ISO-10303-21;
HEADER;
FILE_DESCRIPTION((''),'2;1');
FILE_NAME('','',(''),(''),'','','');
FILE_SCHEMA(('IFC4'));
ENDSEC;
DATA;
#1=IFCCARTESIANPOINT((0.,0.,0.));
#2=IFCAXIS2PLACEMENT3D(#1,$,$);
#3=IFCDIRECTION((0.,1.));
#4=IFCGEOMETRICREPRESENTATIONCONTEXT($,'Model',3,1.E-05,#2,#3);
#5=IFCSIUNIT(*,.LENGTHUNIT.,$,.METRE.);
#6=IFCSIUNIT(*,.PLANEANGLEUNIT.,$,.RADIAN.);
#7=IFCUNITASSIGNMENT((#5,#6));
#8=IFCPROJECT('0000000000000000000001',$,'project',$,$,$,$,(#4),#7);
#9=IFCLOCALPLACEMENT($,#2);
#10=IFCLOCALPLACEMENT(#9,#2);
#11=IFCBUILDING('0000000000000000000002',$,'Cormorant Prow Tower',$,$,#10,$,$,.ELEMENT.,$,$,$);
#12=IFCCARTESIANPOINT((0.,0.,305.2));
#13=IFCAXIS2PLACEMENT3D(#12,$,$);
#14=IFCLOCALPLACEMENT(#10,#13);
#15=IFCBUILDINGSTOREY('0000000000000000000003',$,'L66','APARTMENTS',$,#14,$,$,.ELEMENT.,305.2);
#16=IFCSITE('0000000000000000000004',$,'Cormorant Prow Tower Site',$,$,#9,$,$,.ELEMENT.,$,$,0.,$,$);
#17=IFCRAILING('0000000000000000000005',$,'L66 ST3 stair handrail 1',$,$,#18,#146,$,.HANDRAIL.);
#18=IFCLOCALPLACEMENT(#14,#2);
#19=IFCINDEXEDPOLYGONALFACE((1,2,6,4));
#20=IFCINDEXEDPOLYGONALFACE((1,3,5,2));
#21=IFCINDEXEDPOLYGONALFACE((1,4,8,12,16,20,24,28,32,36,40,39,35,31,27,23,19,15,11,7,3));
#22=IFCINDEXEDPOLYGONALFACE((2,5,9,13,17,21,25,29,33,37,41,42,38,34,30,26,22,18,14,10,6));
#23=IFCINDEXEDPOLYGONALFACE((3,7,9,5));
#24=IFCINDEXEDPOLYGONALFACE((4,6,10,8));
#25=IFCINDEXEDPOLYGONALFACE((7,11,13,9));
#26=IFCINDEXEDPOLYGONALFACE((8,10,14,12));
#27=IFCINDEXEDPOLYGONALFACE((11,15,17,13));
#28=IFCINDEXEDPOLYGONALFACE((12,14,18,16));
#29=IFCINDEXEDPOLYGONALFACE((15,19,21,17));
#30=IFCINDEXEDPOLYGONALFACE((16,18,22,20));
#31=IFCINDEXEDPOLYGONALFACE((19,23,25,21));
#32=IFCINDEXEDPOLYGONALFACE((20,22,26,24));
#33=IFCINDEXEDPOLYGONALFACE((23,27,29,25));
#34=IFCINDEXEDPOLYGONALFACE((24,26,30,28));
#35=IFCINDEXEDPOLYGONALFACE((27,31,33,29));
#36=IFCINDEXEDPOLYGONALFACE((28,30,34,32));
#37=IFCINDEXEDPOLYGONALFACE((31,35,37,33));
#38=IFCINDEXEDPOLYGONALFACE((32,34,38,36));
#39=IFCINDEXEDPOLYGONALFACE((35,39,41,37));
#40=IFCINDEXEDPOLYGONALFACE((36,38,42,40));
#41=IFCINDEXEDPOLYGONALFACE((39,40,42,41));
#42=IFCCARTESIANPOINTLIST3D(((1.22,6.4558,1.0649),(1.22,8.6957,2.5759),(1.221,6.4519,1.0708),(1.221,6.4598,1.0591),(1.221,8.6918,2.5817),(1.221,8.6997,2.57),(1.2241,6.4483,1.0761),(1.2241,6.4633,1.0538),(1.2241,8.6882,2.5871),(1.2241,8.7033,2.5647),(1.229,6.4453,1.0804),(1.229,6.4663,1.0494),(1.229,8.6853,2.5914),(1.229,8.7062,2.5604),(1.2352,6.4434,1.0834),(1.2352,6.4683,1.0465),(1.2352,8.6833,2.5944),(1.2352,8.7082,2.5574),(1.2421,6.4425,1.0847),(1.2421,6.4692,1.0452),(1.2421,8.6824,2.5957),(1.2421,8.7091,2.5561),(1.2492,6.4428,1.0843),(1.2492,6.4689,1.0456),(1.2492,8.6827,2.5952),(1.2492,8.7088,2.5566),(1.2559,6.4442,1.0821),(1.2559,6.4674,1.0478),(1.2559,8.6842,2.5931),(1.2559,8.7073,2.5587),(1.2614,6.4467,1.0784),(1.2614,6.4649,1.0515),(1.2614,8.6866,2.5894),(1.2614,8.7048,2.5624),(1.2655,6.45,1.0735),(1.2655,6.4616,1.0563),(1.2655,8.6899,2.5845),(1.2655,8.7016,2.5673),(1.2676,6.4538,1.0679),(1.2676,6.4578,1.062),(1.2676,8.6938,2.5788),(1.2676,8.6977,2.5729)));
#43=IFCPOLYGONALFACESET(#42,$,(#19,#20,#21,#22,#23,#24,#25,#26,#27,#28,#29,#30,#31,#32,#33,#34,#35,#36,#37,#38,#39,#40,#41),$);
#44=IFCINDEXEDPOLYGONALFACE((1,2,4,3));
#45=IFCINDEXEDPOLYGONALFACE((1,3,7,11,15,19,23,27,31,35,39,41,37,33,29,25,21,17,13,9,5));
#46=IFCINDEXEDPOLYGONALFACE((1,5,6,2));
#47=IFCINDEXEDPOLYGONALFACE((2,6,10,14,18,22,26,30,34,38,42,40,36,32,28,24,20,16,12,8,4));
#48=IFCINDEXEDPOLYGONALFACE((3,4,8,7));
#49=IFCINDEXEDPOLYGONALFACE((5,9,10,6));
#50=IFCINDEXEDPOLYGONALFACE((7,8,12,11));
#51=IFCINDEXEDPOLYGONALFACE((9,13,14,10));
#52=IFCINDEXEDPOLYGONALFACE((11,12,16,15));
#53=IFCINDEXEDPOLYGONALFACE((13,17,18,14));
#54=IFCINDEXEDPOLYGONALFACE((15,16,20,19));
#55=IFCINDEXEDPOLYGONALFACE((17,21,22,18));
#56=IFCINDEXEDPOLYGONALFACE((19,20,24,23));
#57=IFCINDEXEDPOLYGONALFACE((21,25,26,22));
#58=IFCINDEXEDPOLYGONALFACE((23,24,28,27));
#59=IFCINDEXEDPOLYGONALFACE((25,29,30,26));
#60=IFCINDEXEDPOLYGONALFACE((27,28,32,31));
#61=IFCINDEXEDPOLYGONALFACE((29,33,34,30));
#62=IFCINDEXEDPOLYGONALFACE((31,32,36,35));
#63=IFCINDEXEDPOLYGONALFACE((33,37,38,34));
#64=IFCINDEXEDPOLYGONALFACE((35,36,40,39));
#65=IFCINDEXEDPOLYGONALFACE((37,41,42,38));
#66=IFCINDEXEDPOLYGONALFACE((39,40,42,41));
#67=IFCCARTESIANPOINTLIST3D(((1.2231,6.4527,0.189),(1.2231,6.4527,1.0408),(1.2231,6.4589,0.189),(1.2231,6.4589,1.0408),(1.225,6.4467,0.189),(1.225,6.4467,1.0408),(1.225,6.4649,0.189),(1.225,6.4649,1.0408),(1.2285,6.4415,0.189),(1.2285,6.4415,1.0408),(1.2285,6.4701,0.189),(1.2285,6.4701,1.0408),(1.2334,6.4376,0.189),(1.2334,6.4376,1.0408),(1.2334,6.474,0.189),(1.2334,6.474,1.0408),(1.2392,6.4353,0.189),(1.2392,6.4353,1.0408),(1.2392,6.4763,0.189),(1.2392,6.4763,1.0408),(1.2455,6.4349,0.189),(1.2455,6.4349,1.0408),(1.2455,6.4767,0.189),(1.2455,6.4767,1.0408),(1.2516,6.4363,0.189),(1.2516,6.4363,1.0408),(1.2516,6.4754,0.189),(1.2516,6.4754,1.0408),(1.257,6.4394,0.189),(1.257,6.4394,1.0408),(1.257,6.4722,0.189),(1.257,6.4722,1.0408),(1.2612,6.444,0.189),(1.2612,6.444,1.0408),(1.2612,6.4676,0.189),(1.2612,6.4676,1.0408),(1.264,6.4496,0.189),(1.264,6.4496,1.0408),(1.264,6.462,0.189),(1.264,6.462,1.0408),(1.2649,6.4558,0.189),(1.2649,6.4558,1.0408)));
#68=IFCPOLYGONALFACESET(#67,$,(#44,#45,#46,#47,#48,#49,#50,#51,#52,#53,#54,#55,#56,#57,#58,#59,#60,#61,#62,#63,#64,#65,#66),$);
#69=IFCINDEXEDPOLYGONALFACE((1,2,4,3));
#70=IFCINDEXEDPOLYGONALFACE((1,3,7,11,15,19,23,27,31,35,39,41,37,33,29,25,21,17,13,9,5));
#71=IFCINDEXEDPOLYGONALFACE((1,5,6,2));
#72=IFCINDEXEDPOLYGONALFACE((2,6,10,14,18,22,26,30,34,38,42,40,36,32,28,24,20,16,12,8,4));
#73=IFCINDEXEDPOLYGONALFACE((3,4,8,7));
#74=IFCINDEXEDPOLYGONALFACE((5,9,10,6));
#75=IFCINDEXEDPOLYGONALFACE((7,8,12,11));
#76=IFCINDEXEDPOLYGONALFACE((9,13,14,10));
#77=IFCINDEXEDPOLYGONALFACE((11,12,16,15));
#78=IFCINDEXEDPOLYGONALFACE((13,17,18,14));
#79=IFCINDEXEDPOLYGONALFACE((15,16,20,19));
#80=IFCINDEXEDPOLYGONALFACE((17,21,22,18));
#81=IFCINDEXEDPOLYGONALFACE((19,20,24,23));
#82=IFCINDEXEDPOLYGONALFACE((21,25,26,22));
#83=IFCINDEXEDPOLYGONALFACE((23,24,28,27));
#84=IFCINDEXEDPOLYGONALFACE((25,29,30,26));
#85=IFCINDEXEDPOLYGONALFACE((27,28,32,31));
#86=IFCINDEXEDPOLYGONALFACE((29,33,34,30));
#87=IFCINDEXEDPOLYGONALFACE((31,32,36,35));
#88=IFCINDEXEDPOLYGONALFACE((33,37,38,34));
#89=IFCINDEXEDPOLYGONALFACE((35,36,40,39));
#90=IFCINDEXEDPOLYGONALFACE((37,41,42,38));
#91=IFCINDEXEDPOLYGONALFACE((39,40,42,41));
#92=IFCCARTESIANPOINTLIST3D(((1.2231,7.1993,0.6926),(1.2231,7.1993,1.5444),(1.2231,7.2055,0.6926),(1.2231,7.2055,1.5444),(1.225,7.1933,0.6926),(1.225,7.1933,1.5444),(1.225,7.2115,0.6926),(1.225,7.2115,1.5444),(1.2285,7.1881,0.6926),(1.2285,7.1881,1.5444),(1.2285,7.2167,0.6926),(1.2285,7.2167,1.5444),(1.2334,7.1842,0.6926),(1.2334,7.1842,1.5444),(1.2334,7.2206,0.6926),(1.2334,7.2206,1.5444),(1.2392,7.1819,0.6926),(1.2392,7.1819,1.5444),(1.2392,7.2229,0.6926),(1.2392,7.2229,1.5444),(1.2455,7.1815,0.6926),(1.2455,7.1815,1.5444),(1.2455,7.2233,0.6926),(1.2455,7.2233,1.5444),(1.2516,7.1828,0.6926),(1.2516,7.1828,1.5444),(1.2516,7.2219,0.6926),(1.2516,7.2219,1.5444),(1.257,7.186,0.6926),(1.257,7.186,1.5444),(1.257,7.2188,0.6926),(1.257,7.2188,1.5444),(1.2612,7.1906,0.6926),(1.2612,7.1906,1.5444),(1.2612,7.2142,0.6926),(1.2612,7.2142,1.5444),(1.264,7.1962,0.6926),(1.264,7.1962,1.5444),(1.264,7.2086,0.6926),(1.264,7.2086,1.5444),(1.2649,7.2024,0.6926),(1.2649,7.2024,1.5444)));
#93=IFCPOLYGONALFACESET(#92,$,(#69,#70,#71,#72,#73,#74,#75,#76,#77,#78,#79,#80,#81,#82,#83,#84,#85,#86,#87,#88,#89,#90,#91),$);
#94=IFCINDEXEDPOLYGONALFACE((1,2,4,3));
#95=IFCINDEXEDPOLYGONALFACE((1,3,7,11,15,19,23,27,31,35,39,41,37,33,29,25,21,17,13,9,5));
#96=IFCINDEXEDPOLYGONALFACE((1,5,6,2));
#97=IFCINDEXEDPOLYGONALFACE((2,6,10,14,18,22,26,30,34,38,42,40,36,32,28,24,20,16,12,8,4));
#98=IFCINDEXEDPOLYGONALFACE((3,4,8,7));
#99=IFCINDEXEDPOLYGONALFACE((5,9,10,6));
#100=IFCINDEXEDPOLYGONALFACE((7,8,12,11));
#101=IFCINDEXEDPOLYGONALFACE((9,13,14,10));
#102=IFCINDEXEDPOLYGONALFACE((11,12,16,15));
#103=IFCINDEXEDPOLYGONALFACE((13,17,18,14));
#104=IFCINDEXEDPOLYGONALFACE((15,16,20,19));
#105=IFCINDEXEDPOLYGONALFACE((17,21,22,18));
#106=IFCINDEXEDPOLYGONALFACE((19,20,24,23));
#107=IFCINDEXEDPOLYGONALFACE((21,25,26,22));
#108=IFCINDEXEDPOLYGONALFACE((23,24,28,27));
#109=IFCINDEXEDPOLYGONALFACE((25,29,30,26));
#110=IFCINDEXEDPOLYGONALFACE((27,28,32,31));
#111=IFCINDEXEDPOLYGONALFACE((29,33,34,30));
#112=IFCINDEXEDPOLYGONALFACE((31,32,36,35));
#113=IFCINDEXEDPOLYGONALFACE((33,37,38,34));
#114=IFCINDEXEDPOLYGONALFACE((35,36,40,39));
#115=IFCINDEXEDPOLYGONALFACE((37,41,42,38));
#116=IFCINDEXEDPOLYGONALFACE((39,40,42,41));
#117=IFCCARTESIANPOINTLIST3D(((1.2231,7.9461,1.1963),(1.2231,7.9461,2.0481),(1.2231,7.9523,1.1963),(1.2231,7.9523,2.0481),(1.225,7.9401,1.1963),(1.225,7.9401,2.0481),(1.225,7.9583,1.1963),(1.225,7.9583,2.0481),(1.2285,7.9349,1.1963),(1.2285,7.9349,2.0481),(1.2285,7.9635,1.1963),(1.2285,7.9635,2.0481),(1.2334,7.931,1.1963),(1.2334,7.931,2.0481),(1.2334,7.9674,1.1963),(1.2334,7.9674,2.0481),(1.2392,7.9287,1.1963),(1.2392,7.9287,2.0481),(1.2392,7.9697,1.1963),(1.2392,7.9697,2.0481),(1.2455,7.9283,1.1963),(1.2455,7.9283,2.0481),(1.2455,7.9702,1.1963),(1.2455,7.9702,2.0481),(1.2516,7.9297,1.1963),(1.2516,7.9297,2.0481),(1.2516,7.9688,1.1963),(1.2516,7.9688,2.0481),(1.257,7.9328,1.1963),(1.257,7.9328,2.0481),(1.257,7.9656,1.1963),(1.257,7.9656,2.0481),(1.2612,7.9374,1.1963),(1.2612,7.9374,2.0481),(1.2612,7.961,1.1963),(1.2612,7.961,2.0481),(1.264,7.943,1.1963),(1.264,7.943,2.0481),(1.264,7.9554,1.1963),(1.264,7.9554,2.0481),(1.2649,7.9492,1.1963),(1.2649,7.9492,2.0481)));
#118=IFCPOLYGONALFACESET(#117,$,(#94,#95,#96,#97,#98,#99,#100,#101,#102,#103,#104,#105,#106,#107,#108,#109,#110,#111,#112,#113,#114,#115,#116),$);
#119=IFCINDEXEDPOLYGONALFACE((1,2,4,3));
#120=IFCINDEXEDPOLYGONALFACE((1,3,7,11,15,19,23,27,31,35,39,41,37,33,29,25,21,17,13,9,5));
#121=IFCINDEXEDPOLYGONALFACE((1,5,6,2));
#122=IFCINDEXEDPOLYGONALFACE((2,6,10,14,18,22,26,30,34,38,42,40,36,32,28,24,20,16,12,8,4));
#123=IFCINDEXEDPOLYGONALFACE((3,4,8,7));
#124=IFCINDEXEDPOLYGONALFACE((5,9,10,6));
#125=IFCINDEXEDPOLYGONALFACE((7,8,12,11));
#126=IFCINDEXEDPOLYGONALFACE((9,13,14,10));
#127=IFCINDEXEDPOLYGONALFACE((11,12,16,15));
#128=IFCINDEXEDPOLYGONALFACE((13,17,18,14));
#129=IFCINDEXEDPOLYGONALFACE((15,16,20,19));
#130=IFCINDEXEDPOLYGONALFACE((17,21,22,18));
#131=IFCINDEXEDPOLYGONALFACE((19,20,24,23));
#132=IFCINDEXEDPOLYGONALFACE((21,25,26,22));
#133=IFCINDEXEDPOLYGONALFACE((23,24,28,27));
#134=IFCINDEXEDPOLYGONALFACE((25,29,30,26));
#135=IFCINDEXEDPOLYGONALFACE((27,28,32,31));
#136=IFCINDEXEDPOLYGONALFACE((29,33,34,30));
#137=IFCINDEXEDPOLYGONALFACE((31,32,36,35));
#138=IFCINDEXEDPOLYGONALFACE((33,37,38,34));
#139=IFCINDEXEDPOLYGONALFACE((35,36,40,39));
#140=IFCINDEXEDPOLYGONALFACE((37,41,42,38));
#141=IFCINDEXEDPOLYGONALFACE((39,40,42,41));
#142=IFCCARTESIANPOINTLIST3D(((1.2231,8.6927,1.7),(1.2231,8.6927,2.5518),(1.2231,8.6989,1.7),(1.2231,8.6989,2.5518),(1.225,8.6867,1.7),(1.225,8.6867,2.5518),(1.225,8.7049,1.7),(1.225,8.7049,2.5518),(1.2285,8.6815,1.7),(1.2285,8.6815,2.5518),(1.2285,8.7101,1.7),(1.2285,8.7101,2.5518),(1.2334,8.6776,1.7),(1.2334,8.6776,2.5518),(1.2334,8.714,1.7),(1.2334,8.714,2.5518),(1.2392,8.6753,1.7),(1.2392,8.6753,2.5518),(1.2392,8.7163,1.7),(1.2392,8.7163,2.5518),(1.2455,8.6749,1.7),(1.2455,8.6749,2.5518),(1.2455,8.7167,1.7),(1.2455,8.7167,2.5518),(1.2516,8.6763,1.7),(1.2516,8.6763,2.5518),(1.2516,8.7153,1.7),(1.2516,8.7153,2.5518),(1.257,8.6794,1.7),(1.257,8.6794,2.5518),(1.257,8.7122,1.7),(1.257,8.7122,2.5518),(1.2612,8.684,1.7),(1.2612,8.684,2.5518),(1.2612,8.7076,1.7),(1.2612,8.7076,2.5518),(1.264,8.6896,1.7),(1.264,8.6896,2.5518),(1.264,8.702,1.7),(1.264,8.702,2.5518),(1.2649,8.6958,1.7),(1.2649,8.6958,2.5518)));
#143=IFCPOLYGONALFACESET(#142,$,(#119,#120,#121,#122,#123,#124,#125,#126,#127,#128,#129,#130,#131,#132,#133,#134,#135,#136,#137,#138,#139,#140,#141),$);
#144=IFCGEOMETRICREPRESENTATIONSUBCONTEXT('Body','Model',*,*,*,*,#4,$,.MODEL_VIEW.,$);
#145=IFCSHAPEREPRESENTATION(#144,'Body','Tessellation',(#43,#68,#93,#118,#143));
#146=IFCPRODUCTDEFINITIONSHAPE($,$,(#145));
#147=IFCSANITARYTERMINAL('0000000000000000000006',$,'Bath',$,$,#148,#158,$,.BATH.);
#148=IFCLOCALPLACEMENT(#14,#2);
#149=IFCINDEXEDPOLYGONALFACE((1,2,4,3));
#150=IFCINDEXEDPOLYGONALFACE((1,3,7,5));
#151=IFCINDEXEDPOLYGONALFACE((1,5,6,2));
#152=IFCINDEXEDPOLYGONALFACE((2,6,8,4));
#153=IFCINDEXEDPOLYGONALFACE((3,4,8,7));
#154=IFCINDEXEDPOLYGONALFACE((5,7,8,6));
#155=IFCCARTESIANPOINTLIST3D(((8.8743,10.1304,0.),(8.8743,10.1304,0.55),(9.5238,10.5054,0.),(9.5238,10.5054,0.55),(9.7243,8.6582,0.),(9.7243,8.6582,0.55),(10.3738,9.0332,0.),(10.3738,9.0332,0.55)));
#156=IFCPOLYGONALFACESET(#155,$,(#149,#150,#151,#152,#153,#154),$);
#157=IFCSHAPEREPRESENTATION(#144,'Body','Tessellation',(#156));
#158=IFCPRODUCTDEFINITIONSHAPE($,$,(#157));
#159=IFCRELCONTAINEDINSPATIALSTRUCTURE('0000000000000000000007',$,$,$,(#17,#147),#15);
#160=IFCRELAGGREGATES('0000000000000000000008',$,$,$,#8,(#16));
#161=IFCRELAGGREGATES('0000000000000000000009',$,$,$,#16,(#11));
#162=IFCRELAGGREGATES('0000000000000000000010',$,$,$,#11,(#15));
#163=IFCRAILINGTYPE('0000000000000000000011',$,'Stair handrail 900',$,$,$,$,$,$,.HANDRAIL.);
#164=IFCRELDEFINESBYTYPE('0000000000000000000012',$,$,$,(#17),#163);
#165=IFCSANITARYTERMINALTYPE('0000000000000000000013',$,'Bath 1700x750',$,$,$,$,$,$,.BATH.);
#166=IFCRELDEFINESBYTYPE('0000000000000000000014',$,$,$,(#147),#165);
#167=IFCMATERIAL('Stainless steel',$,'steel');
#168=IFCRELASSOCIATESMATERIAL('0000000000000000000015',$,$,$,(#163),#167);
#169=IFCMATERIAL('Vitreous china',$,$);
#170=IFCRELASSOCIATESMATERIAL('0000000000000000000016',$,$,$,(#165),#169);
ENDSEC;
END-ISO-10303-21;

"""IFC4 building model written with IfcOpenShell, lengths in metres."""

from ifc_helpers import new_model, si_unit, direction, frame, origin, origin_2d, place, context, subcontext, project, spatial, rectangle, circle, extrude, material, type_object, element, save


model = new_model("IFC4")

# Units and contexts
model_context = context("Model", 3, precision=1e-05, world=origin(), true_north=direction((0.0, 1.0)))
body_context = subcontext(model_context, "Body", "Model", "MODEL_VIEW")
ifc_project = project(units=[si_unit("LENGTHUNIT", "METRE"), si_unit("PLANEANGLEUNIT", "RADIAN")], contexts=[model_context])

# Site, building, storey
site_placement = place(None, origin())
site = spatial("IfcSite", under=ifc_project, at=site_placement, Name="Cormorant Prow Tower Site", CompositionType="ELEMENT", RefElevation=0.0)
building_placement = place(site_placement, origin())
building = spatial("IfcBuilding", under=site, at=building_placement, Name="Cormorant Prow Tower", CompositionType="ELEMENT")
storey_placement = place(building_placement, frame((0.0, 0.0, 305.2)))
storey = spatial("IfcBuildingStorey", under=building, at=storey_placement, Name="L66", Description="APARTMENTS", CompositionType="ELEMENT", Elevation=305.2)

# Railing
ifc_material_1 = material(Name="Stainless steel", Category="steel")
railing_type_1 = type_object("IfcRailingType", Name="Stair handrail 900", PredefinedType="HANDRAIL", material=ifc_material_1)
railing_1_placement = place(storey_placement, frame((1.2439, 6.4558, 0.189)))
element("IfcRailing", 1, at=railing_1_placement, inside=storey, type_object=railing_type_1, Name="L66 ST3 stair handrail 1", PredefinedType="HANDRAIL", context=body_context, shape_type="SweptSolid", body=[
    extrude(circle(Radius=0.0239, at=origin_2d()), frame((0.0, 0.0, 0.876), z_axis=(0.0, 0.829021, 0.559217), x_axis=(-1.0, 0.0, 0.0)), (0.0, 0.0, 1.0), 2.7019),
    extrude(circle(Radius=0.021, at=origin_2d()), origin(), (0.0, 0.0, 1.0), 0.8518),
    extrude(circle(Radius=0.021, at=origin_2d()), frame((0.0, 0.7466, 0.5037)), (0.0, 0.0, 1.0), 0.8518),
    extrude(circle(Radius=0.021, at=origin_2d()), frame((0.0, 1.4934, 1.0073)), (0.0, 0.0, 1.0), 0.8518),
    extrude(circle(Radius=0.021, at=origin_2d()), frame((0.0, 2.24, 1.511)), (0.0, 0.0, 1.0), 0.8518),
])

# Sanitary terminal
ifc_material_2 = material(Name="Vitreous china")
sanitary_terminal_type = type_object("IfcSanitaryTerminalType", Name="Bath 1700x750", PredefinedType="BATH", material=ifc_material_2)
sanitary_terminal_placement = place(storey_placement, frame((9.624, 9.5818, 0.0), z_axis=(0.0, 0.0, 1.0), x_axis=(-0.5, 0.866025, 0.0)))
element("IfcSanitaryTerminal", 2, at=sanitary_terminal_placement, inside=storey, type_object=sanitary_terminal_type, Name="Bath", PredefinedType="BATH", context=body_context, shape_type="SweptSolid", body=[
    extrude(rectangle(XDim=1.7, YDim=0.75, at=origin_2d()), origin(), (0.0, 0.0, 1.0), 0.55),
])

save(model, "model.ifc")
